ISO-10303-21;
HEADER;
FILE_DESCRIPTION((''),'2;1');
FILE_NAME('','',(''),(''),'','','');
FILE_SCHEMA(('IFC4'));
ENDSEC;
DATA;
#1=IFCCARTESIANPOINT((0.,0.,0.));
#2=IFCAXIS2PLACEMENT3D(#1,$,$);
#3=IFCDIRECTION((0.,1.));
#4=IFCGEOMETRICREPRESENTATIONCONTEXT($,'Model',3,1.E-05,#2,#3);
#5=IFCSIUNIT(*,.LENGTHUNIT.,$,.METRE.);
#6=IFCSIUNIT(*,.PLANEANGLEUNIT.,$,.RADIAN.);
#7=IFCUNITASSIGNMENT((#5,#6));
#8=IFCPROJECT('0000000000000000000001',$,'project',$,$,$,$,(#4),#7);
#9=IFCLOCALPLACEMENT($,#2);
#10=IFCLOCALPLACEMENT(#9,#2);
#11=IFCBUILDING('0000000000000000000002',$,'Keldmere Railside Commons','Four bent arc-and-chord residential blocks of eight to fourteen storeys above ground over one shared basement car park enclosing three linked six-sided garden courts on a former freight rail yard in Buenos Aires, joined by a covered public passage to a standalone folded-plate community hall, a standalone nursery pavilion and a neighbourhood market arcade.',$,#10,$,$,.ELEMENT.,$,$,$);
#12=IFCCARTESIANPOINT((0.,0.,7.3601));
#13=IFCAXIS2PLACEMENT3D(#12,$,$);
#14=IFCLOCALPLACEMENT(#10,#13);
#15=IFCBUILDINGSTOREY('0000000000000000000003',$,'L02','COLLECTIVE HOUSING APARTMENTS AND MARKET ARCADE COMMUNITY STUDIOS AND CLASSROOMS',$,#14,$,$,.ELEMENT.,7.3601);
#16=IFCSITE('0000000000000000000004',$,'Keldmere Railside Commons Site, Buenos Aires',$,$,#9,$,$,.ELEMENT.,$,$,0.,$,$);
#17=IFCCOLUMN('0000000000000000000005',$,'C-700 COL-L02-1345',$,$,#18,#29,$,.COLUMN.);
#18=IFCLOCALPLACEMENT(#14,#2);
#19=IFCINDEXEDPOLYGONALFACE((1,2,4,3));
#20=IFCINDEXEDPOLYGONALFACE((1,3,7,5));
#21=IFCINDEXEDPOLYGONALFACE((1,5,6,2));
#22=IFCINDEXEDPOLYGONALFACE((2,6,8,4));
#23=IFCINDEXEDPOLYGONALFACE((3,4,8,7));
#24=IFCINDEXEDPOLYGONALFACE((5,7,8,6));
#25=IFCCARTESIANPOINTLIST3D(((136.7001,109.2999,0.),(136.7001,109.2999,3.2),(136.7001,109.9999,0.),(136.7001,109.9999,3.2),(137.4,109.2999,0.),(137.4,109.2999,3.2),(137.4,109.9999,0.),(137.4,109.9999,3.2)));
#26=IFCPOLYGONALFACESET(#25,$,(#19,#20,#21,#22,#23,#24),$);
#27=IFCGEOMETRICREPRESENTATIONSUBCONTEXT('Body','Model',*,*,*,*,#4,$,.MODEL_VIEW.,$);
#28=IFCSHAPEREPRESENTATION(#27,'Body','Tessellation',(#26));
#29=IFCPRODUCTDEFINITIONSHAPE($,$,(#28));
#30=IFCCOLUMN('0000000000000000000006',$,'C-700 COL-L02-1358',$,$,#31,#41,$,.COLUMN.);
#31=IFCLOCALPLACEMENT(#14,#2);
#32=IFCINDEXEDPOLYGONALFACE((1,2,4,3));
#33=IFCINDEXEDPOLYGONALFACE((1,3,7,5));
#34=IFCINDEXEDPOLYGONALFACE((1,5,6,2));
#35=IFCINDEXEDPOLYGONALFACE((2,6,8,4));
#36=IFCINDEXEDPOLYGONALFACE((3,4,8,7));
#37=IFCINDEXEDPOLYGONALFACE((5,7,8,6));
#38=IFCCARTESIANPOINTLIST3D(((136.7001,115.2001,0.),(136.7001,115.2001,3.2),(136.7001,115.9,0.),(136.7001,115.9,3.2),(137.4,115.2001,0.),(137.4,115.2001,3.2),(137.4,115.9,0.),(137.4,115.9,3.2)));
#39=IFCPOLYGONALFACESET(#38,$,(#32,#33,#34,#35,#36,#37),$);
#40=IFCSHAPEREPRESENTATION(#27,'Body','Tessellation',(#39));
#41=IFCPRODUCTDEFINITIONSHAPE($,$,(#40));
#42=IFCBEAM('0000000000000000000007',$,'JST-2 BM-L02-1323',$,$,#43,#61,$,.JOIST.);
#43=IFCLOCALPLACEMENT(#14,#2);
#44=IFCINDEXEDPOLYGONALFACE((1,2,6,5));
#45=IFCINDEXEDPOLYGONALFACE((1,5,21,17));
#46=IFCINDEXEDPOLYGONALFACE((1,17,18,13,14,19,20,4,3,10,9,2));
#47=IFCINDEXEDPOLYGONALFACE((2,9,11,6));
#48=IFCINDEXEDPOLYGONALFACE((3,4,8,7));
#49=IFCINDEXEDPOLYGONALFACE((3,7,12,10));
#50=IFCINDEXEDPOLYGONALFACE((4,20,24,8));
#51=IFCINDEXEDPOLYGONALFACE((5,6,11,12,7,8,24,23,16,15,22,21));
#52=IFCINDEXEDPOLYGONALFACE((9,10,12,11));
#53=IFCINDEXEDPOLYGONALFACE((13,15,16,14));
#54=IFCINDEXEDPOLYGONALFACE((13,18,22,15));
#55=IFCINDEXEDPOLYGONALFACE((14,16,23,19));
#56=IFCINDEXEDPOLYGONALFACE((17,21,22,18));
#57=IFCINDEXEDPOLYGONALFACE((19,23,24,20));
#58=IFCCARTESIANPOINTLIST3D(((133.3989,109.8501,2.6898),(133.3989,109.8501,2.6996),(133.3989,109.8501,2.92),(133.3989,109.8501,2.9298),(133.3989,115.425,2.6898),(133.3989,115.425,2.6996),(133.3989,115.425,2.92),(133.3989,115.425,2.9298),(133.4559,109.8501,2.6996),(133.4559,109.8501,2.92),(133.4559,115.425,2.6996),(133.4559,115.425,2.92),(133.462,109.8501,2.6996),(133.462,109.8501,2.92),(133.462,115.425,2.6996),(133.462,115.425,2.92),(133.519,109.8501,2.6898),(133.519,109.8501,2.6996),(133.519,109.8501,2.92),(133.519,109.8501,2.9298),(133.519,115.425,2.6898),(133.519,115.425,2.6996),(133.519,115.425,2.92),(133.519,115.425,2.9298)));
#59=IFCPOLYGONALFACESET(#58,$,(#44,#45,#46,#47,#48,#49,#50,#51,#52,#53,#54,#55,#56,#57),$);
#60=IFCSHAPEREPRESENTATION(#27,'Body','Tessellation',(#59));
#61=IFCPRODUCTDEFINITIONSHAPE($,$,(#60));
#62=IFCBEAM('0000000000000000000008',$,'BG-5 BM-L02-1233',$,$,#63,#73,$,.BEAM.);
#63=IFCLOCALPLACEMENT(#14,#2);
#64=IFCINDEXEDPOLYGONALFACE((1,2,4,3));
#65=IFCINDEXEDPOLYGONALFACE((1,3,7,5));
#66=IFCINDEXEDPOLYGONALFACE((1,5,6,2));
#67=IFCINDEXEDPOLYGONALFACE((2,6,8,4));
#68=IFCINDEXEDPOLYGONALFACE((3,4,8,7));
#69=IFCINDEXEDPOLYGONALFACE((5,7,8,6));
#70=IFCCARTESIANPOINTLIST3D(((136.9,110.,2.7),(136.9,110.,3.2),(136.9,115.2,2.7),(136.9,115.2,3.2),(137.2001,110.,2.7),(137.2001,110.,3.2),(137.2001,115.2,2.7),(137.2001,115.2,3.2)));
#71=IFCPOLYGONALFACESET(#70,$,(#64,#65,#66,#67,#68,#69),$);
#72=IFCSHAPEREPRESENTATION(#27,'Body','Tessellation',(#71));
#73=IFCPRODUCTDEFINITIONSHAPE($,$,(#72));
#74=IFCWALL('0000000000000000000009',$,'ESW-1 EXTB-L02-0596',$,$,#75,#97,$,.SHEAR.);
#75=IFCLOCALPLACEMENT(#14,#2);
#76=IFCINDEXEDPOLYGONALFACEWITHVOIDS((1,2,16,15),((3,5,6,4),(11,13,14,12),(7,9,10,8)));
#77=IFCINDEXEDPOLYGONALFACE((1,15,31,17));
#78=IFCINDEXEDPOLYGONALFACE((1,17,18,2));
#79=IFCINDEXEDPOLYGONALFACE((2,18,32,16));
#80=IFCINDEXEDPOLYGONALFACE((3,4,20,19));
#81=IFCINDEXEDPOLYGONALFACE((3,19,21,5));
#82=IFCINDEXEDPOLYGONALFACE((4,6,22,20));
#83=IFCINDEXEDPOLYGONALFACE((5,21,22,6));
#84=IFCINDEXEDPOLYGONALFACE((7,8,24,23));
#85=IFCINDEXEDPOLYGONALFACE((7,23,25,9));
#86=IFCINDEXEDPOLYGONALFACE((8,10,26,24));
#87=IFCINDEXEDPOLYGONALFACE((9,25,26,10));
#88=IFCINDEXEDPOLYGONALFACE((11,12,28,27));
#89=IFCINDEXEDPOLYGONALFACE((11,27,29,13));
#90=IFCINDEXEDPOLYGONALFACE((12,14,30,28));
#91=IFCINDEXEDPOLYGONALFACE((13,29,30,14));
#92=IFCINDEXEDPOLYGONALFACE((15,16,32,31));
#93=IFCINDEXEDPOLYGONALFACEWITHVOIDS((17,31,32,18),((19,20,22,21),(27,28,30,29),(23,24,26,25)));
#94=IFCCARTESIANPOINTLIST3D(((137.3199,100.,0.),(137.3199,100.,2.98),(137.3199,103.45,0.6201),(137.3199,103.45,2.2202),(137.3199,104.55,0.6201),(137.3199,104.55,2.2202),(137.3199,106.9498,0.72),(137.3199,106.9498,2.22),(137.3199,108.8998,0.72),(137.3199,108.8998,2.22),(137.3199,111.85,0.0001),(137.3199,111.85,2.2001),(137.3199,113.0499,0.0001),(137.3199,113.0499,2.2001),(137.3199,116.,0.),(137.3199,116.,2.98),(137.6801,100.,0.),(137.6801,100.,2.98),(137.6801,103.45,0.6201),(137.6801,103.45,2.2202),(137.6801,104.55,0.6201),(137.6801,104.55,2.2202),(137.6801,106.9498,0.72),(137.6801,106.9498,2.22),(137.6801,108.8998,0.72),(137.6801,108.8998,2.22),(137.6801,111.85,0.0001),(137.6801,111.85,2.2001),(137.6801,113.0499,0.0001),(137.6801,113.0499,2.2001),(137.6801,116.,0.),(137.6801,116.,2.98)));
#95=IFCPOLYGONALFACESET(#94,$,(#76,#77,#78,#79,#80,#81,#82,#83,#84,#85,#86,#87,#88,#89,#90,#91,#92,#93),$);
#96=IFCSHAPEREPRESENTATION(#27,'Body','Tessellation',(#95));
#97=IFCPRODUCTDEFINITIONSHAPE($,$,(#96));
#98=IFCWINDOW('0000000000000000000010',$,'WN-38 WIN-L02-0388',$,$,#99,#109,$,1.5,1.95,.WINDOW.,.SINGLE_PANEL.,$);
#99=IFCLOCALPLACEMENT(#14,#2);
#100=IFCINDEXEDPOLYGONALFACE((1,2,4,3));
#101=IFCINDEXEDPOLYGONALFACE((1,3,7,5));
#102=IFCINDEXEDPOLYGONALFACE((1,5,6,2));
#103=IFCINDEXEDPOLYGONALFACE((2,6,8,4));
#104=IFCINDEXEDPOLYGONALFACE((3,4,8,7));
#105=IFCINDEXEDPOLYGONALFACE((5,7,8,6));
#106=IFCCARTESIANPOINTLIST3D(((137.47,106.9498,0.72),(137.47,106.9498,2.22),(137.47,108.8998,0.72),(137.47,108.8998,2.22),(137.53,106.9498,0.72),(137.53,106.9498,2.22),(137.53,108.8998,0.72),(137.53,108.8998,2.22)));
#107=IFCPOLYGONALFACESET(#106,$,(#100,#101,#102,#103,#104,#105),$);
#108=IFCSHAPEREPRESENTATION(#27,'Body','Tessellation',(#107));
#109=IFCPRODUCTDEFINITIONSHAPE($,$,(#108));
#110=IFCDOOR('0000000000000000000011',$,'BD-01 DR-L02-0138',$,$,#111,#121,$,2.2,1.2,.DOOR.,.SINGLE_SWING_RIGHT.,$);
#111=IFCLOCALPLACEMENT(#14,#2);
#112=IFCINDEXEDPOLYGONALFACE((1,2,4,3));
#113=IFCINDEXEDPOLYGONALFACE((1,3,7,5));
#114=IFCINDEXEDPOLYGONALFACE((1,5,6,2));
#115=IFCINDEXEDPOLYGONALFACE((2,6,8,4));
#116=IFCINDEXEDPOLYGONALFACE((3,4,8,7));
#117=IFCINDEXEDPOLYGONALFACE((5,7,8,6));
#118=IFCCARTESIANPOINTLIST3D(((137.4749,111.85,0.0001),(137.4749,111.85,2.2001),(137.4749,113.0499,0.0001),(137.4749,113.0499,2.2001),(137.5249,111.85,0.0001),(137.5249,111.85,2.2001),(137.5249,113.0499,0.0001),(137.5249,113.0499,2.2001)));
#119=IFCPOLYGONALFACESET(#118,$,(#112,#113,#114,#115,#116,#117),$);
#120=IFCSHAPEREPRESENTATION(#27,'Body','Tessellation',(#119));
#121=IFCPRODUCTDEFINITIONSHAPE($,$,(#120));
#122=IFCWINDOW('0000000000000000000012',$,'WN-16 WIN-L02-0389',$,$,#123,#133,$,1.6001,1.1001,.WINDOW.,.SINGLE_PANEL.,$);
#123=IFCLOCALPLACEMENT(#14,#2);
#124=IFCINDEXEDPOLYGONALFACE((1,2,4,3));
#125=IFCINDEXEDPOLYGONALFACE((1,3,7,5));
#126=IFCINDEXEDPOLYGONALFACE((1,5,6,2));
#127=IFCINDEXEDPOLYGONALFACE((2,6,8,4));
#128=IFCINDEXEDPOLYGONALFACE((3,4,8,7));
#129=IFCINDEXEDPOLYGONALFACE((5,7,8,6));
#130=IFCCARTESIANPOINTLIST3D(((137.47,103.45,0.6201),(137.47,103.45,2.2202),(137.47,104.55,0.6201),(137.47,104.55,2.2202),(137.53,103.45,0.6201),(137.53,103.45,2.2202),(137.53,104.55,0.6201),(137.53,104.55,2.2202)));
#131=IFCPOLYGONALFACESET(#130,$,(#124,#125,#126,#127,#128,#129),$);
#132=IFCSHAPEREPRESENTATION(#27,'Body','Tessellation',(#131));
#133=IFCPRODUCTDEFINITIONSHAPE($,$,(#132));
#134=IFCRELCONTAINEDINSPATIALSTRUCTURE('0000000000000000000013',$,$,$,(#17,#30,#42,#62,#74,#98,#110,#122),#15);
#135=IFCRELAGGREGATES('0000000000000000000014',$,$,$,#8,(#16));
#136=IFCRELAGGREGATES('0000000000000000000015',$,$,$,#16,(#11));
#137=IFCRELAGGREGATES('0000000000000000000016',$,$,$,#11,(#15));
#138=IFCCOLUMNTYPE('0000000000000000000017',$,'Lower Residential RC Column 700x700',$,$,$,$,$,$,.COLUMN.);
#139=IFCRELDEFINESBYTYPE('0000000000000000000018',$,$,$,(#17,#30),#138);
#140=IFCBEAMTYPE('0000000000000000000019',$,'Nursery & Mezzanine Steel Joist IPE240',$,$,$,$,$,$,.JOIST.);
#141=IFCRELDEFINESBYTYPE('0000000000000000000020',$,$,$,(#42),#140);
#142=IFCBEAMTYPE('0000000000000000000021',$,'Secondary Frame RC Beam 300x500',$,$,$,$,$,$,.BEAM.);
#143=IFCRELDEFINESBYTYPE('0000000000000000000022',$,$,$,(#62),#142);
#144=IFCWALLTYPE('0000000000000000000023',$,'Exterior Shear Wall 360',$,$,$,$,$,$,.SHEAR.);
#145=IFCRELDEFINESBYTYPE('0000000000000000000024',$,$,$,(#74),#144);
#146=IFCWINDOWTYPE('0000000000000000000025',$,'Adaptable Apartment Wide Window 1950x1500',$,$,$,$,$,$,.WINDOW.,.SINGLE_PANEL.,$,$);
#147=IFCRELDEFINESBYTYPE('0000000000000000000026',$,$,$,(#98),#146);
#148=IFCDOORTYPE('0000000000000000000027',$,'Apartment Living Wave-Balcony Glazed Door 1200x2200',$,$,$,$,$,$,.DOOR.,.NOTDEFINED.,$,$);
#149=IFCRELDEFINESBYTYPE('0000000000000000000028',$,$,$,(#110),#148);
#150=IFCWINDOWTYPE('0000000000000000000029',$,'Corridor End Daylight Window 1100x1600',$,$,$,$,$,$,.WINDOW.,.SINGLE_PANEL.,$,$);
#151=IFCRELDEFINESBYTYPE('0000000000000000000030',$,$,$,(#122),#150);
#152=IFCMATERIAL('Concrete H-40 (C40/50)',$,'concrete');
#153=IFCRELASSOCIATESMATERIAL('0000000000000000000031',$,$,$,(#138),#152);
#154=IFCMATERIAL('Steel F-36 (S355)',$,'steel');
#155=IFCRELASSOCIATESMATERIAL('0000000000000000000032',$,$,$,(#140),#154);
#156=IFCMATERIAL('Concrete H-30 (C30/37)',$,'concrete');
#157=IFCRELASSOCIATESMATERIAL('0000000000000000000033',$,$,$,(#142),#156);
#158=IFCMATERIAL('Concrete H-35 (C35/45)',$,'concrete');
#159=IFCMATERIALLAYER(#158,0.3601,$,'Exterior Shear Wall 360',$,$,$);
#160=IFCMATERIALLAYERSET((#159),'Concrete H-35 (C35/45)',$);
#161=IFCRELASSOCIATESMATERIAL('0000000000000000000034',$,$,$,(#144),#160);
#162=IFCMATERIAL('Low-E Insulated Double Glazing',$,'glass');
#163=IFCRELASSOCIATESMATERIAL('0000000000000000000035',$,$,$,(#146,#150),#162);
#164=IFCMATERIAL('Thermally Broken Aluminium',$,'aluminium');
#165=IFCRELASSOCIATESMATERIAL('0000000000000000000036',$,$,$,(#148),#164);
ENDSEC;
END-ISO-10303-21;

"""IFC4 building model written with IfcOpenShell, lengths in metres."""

from ifc_helpers import new_model, si_unit, direction, frame, frame_2d, origin, origin_2d, place, context, subcontext, project, spatial, rectangle, i_section, extrude, material, layer, layer_set, material_profile, profile_set, type_object, element, fill, save


model = new_model("IFC4")

# Units and contexts
model_context = context("Model", 3, precision=1e-05, world=origin(), true_north=direction((0.0, 1.0)))
body_context = subcontext(model_context, "Body", "Model", "MODEL_VIEW")
ifc_project = project(units=[si_unit("LENGTHUNIT", "METRE"), si_unit("PLANEANGLEUNIT", "RADIAN")], contexts=[model_context])

# Site, building, storey
site_placement = place(None, origin())
site = spatial("IfcSite", under=ifc_project, at=site_placement, Name="Keldmere Railside Commons Site, Buenos Aires", CompositionType="ELEMENT", RefElevation=0.0)
building_placement = place(site_placement, origin())
building = spatial("IfcBuilding", under=site, at=building_placement, Name="Keldmere Railside Commons", Description="Four bent arc-and-chord residential blocks of eight to fourteen storeys above ground over one shared basement car park enclosing three linked six-sided garden courts on a former freight rail yard in Buenos Aires, joined by a covered public passage to a standalone folded-plate community hall, a standalone nursery pavilion and a neighbourhood market arcade.", CompositionType="ELEMENT")
storey_placement = place(building_placement, frame((0.0, 0.0, 7.3601)))
storey = spatial("IfcBuildingStorey", under=building, at=storey_placement, Name="L02", Description="COLLECTIVE HOUSING APARTMENTS AND MARKET ARCADE COMMUNITY STUDIOS AND CLASSROOMS", CompositionType="ELEMENT", Elevation=7.3601)

# Columns
ifc_material_1 = material(Name="Concrete H-40 (C40/50)", Category="concrete")
ifc_material_profile_1 = material_profile(ifc_material_1, rectangle(XDim=0.7, YDim=0.7, at=origin_2d()), Name="RC-700x700")
ifc_profile_set_1 = profile_set([ifc_material_profile_1], Name="Concrete H-40 (C40/50)")
column_type = type_object("IfcColumnType", Name="Lower Residential RC Column 700x700", PredefinedType="COLUMN", material=ifc_profile_set_1)
for number, where, z_axis, x_axis, name in (
    (1, (137.05, 109.6499, 0.0), (0.0, 0.0, 1.0), (1.0, 0.0, 0.0), "C-700 COL-L02-1345"),
    (2, (137.05, 115.55, 0.0), (0.0, 0.0, 1.0), (1.0, 0.0, 0.0), "C-700 COL-L02-1358"),
):
    element("IfcColumn", number, at=place(storey_placement, frame(where, z_axis=z_axis, x_axis=x_axis)), inside=storey, type_object=column_type, Name=name, PredefinedType="COLUMN", context=body_context, shape_type="SweptSolid", body=[
        extrude(rectangle(XDim=0.7, YDim=0.7, at=origin_2d()), origin(), (0.0, 0.0, 1.0), 3.2),
    ])

# Beams
ifc_material_2 = material(Name="Steel F-36 (S355)", Category="steel")
ifc_material_profile_2 = material_profile(ifc_material_2, i_section(OverallWidth=0.1201, OverallDepth=0.24, WebThickness=0.0061, FlangeThickness=0.0098, at=origin_2d()), Name="IPE-240")
ifc_profile_set_2 = profile_set([ifc_material_profile_2], Name="Steel F-36 (S355)")
beam_type_1 = type_object("IfcBeamType", Name="Nursery & Mezzanine Steel Joist IPE240", PredefinedType="JOIST", material=ifc_profile_set_2)
beam_1_placement = place(storey_placement, frame((133.459, 109.8501, 2.8098), z_axis=(0.0, 1.0, 0.0), x_axis=(-1.0, 0.0, 0.0)))
element("IfcBeam", 3, at=beam_1_placement, inside=storey, type_object=beam_type_1, Name="JST-2 BM-L02-1323", PredefinedType="JOIST", context=body_context, shape_type="SweptSolid", body=[
    extrude(i_section(OverallWidth=0.1201, OverallDepth=0.24, WebThickness=0.0061, FlangeThickness=0.0098, at=origin_2d()), origin(), (0.0, 0.0, 1.0), 5.575),
])
ifc_material_3 = material(Name="Concrete H-30 (C30/37)", Category="concrete")
ifc_material_profile_3 = material_profile(ifc_material_3, rectangle(XDim=0.3, YDim=0.5, at=origin_2d()), Name="RC-300x500")
ifc_profile_set_3 = profile_set([ifc_material_profile_3], Name="Concrete H-30 (C30/37)")
beam_type_2 = type_object("IfcBeamType", Name="Secondary Frame RC Beam 300x500", PredefinedType="BEAM", material=ifc_profile_set_3)
beam_2_placement = place(storey_placement, frame((137.05, 110.0, 2.95), z_axis=(0.0, 1.0, 0.0), x_axis=(-1.0, 0.0, 0.0)))
element("IfcBeam", 4, at=beam_2_placement, inside=storey, type_object=beam_type_2, Name="BG-5 BM-L02-1233", PredefinedType="BEAM", context=body_context, shape_type="SweptSolid", body=[
    extrude(rectangle(XDim=0.3, YDim=0.5, at=origin_2d()), origin(), (0.0, 0.0, 1.0), 5.2),
])

# Wall, openings, windows, door
ifc_material_4 = material(Name="Concrete H-35 (C35/45)", Category="concrete")
ifc_layer_1 = layer(ifc_material_4, 0.3601, Name="Exterior Shear Wall 360")
ifc_layer_set_1 = layer_set([ifc_layer_1], Name="Concrete H-35 (C35/45)")
wall_type = type_object("IfcWallType", Name="Exterior Shear Wall 360", PredefinedType="SHEAR", material=ifc_layer_set_1)
wall_placement = place(storey_placement, frame((137.5, 116.0, 0.0), z_axis=(0.0, 0.0, 1.0), x_axis=(0.0, -1.0, 0.0)))
wall = element("IfcWall", 5, at=wall_placement, inside=storey, type_object=wall_type, Name="ESW-1 EXTB-L02-0596", PredefinedType="SHEAR", context=body_context, shape_type="SweptSolid", body=[
    extrude(rectangle(XDim=16.0, YDim=0.3601, at=frame_2d((8.0, 0.0))), origin(), (0.0, 0.0, 1.0), 2.98),
])
opening_1_placement = place(wall_placement, frame((2.95, 0.0, 0.0)))
opening_1 = element("IfcOpeningElement", 6, at=opening_1_placement, cuts=wall, PredefinedType="OPENING", context=body_context, shape_type="SweptSolid", body=[
    extrude(rectangle(XDim=1.2, YDim=2.2, at=frame_2d((0.6001, 1.1001))), frame((0.0, 0.1899, 0.0), z_axis=(0.0, -1.0, 0.0), x_axis=(1.0, 0.0, 0.0)), (0.0, 0.0, 1.0), 0.3801),
])
opening_2_placement = place(wall_placement, frame((7.1001, 0.0, 0.72)))
opening_2 = element("IfcOpeningElement", 7, at=opening_2_placement, cuts=wall, PredefinedType="OPENING", context=body_context, shape_type="SweptSolid", body=[
    extrude(rectangle(XDim=1.95, YDim=1.5, at=frame_2d((0.9751, 0.75))), frame((0.0, 0.1899, 0.0), z_axis=(0.0, -1.0, 0.0), x_axis=(1.0, 0.0, 0.0)), (0.0, 0.0, 1.0), 0.3801),
])
opening_3_placement = place(wall_placement, frame((11.45, 0.0, 0.6201)))
opening_3 = element("IfcOpeningElement", 8, at=opening_3_placement, cuts=wall, PredefinedType="OPENING", context=body_context, shape_type="SweptSolid", body=[
    extrude(rectangle(XDim=1.1001, YDim=1.6001, at=frame_2d((0.55, 0.8))), frame((0.0, 0.1899, 0.0), z_axis=(0.0, -1.0, 0.0), x_axis=(1.0, 0.0, 0.0)), (0.0, 0.0, 1.0), 0.3801),
])
ifc_material_5 = material(Name="Low-E Insulated Double Glazing", Category="glass")
window_type_1 = type_object("IfcWindowType", Name="Adaptable Apartment Wide Window 1950x1500", PartitioningType="SINGLE_PANEL", PredefinedType="WINDOW", material=ifc_material_5)
window_1_placement = place(opening_2_placement, origin())
window_1 = element("IfcWindow", 9, at=window_1_placement, inside=storey, type_object=window_type_1, Name="WN-38 WIN-L02-0388", OverallHeight=1.5, OverallWidth=1.95, PartitioningType="SINGLE_PANEL", PredefinedType="WINDOW", context=body_context, shape_type="SweptSolid", body=[
    extrude(rectangle(XDim=1.95, YDim=1.5, at=frame_2d((0.9751, 0.75))), frame((0.0, 0.03, 0.0), z_axis=(0.0, -1.0, 0.0), x_axis=(1.0, 0.0, 0.0)), (0.0, 0.0, 1.0), 0.0601),
])
fill(opening_2, window_1)
ifc_material_6 = material(Name="Thermally Broken Aluminium", Category="aluminium")
door_type = type_object("IfcDoorType", Name="Apartment Living Wave-Balcony Glazed Door 1200x2200", OperationType="NOTDEFINED", PredefinedType="DOOR", material=ifc_material_6)
door_placement = place(opening_1_placement, origin())
door = element("IfcDoor", 10, at=door_placement, inside=storey, type_object=door_type, Name="BD-01 DR-L02-0138", OperationType="SINGLE_SWING_RIGHT", OverallHeight=2.2, OverallWidth=1.2, PredefinedType="DOOR", context=body_context, shape_type="SweptSolid", body=[
    extrude(rectangle(XDim=1.2, YDim=2.2, at=frame_2d((0.6001, 1.1001))), frame((0.0, 0.0249, 0.0), z_axis=(0.0, -1.0, 0.0), x_axis=(1.0, 0.0, 0.0)), (0.0, 0.0, 1.0), 0.05),
])
fill(opening_1, door)
window_type_2 = type_object("IfcWindowType", Name="Corridor End Daylight Window 1100x1600", PartitioningType="SINGLE_PANEL", PredefinedType="WINDOW", material=ifc_material_5)
window_2_placement = place(opening_3_placement, origin())
window_2 = element("IfcWindow", 11, at=window_2_placement, inside=storey, type_object=window_type_2, Name="WN-16 WIN-L02-0389", OverallHeight=1.6001, OverallWidth=1.1001, PartitioningType="SINGLE_PANEL", PredefinedType="WINDOW", context=body_context, shape_type="SweptSolid", body=[
    extrude(rectangle(XDim=1.1001, YDim=1.6001, at=frame_2d((0.55, 0.8))), frame((0.0, 0.03, 0.0), z_axis=(0.0, -1.0, 0.0), x_axis=(1.0, 0.0, 0.0)), (0.0, 0.0, 1.0), 0.0601),
])
fill(opening_3, window_2)

save(model, "model.ifc")
